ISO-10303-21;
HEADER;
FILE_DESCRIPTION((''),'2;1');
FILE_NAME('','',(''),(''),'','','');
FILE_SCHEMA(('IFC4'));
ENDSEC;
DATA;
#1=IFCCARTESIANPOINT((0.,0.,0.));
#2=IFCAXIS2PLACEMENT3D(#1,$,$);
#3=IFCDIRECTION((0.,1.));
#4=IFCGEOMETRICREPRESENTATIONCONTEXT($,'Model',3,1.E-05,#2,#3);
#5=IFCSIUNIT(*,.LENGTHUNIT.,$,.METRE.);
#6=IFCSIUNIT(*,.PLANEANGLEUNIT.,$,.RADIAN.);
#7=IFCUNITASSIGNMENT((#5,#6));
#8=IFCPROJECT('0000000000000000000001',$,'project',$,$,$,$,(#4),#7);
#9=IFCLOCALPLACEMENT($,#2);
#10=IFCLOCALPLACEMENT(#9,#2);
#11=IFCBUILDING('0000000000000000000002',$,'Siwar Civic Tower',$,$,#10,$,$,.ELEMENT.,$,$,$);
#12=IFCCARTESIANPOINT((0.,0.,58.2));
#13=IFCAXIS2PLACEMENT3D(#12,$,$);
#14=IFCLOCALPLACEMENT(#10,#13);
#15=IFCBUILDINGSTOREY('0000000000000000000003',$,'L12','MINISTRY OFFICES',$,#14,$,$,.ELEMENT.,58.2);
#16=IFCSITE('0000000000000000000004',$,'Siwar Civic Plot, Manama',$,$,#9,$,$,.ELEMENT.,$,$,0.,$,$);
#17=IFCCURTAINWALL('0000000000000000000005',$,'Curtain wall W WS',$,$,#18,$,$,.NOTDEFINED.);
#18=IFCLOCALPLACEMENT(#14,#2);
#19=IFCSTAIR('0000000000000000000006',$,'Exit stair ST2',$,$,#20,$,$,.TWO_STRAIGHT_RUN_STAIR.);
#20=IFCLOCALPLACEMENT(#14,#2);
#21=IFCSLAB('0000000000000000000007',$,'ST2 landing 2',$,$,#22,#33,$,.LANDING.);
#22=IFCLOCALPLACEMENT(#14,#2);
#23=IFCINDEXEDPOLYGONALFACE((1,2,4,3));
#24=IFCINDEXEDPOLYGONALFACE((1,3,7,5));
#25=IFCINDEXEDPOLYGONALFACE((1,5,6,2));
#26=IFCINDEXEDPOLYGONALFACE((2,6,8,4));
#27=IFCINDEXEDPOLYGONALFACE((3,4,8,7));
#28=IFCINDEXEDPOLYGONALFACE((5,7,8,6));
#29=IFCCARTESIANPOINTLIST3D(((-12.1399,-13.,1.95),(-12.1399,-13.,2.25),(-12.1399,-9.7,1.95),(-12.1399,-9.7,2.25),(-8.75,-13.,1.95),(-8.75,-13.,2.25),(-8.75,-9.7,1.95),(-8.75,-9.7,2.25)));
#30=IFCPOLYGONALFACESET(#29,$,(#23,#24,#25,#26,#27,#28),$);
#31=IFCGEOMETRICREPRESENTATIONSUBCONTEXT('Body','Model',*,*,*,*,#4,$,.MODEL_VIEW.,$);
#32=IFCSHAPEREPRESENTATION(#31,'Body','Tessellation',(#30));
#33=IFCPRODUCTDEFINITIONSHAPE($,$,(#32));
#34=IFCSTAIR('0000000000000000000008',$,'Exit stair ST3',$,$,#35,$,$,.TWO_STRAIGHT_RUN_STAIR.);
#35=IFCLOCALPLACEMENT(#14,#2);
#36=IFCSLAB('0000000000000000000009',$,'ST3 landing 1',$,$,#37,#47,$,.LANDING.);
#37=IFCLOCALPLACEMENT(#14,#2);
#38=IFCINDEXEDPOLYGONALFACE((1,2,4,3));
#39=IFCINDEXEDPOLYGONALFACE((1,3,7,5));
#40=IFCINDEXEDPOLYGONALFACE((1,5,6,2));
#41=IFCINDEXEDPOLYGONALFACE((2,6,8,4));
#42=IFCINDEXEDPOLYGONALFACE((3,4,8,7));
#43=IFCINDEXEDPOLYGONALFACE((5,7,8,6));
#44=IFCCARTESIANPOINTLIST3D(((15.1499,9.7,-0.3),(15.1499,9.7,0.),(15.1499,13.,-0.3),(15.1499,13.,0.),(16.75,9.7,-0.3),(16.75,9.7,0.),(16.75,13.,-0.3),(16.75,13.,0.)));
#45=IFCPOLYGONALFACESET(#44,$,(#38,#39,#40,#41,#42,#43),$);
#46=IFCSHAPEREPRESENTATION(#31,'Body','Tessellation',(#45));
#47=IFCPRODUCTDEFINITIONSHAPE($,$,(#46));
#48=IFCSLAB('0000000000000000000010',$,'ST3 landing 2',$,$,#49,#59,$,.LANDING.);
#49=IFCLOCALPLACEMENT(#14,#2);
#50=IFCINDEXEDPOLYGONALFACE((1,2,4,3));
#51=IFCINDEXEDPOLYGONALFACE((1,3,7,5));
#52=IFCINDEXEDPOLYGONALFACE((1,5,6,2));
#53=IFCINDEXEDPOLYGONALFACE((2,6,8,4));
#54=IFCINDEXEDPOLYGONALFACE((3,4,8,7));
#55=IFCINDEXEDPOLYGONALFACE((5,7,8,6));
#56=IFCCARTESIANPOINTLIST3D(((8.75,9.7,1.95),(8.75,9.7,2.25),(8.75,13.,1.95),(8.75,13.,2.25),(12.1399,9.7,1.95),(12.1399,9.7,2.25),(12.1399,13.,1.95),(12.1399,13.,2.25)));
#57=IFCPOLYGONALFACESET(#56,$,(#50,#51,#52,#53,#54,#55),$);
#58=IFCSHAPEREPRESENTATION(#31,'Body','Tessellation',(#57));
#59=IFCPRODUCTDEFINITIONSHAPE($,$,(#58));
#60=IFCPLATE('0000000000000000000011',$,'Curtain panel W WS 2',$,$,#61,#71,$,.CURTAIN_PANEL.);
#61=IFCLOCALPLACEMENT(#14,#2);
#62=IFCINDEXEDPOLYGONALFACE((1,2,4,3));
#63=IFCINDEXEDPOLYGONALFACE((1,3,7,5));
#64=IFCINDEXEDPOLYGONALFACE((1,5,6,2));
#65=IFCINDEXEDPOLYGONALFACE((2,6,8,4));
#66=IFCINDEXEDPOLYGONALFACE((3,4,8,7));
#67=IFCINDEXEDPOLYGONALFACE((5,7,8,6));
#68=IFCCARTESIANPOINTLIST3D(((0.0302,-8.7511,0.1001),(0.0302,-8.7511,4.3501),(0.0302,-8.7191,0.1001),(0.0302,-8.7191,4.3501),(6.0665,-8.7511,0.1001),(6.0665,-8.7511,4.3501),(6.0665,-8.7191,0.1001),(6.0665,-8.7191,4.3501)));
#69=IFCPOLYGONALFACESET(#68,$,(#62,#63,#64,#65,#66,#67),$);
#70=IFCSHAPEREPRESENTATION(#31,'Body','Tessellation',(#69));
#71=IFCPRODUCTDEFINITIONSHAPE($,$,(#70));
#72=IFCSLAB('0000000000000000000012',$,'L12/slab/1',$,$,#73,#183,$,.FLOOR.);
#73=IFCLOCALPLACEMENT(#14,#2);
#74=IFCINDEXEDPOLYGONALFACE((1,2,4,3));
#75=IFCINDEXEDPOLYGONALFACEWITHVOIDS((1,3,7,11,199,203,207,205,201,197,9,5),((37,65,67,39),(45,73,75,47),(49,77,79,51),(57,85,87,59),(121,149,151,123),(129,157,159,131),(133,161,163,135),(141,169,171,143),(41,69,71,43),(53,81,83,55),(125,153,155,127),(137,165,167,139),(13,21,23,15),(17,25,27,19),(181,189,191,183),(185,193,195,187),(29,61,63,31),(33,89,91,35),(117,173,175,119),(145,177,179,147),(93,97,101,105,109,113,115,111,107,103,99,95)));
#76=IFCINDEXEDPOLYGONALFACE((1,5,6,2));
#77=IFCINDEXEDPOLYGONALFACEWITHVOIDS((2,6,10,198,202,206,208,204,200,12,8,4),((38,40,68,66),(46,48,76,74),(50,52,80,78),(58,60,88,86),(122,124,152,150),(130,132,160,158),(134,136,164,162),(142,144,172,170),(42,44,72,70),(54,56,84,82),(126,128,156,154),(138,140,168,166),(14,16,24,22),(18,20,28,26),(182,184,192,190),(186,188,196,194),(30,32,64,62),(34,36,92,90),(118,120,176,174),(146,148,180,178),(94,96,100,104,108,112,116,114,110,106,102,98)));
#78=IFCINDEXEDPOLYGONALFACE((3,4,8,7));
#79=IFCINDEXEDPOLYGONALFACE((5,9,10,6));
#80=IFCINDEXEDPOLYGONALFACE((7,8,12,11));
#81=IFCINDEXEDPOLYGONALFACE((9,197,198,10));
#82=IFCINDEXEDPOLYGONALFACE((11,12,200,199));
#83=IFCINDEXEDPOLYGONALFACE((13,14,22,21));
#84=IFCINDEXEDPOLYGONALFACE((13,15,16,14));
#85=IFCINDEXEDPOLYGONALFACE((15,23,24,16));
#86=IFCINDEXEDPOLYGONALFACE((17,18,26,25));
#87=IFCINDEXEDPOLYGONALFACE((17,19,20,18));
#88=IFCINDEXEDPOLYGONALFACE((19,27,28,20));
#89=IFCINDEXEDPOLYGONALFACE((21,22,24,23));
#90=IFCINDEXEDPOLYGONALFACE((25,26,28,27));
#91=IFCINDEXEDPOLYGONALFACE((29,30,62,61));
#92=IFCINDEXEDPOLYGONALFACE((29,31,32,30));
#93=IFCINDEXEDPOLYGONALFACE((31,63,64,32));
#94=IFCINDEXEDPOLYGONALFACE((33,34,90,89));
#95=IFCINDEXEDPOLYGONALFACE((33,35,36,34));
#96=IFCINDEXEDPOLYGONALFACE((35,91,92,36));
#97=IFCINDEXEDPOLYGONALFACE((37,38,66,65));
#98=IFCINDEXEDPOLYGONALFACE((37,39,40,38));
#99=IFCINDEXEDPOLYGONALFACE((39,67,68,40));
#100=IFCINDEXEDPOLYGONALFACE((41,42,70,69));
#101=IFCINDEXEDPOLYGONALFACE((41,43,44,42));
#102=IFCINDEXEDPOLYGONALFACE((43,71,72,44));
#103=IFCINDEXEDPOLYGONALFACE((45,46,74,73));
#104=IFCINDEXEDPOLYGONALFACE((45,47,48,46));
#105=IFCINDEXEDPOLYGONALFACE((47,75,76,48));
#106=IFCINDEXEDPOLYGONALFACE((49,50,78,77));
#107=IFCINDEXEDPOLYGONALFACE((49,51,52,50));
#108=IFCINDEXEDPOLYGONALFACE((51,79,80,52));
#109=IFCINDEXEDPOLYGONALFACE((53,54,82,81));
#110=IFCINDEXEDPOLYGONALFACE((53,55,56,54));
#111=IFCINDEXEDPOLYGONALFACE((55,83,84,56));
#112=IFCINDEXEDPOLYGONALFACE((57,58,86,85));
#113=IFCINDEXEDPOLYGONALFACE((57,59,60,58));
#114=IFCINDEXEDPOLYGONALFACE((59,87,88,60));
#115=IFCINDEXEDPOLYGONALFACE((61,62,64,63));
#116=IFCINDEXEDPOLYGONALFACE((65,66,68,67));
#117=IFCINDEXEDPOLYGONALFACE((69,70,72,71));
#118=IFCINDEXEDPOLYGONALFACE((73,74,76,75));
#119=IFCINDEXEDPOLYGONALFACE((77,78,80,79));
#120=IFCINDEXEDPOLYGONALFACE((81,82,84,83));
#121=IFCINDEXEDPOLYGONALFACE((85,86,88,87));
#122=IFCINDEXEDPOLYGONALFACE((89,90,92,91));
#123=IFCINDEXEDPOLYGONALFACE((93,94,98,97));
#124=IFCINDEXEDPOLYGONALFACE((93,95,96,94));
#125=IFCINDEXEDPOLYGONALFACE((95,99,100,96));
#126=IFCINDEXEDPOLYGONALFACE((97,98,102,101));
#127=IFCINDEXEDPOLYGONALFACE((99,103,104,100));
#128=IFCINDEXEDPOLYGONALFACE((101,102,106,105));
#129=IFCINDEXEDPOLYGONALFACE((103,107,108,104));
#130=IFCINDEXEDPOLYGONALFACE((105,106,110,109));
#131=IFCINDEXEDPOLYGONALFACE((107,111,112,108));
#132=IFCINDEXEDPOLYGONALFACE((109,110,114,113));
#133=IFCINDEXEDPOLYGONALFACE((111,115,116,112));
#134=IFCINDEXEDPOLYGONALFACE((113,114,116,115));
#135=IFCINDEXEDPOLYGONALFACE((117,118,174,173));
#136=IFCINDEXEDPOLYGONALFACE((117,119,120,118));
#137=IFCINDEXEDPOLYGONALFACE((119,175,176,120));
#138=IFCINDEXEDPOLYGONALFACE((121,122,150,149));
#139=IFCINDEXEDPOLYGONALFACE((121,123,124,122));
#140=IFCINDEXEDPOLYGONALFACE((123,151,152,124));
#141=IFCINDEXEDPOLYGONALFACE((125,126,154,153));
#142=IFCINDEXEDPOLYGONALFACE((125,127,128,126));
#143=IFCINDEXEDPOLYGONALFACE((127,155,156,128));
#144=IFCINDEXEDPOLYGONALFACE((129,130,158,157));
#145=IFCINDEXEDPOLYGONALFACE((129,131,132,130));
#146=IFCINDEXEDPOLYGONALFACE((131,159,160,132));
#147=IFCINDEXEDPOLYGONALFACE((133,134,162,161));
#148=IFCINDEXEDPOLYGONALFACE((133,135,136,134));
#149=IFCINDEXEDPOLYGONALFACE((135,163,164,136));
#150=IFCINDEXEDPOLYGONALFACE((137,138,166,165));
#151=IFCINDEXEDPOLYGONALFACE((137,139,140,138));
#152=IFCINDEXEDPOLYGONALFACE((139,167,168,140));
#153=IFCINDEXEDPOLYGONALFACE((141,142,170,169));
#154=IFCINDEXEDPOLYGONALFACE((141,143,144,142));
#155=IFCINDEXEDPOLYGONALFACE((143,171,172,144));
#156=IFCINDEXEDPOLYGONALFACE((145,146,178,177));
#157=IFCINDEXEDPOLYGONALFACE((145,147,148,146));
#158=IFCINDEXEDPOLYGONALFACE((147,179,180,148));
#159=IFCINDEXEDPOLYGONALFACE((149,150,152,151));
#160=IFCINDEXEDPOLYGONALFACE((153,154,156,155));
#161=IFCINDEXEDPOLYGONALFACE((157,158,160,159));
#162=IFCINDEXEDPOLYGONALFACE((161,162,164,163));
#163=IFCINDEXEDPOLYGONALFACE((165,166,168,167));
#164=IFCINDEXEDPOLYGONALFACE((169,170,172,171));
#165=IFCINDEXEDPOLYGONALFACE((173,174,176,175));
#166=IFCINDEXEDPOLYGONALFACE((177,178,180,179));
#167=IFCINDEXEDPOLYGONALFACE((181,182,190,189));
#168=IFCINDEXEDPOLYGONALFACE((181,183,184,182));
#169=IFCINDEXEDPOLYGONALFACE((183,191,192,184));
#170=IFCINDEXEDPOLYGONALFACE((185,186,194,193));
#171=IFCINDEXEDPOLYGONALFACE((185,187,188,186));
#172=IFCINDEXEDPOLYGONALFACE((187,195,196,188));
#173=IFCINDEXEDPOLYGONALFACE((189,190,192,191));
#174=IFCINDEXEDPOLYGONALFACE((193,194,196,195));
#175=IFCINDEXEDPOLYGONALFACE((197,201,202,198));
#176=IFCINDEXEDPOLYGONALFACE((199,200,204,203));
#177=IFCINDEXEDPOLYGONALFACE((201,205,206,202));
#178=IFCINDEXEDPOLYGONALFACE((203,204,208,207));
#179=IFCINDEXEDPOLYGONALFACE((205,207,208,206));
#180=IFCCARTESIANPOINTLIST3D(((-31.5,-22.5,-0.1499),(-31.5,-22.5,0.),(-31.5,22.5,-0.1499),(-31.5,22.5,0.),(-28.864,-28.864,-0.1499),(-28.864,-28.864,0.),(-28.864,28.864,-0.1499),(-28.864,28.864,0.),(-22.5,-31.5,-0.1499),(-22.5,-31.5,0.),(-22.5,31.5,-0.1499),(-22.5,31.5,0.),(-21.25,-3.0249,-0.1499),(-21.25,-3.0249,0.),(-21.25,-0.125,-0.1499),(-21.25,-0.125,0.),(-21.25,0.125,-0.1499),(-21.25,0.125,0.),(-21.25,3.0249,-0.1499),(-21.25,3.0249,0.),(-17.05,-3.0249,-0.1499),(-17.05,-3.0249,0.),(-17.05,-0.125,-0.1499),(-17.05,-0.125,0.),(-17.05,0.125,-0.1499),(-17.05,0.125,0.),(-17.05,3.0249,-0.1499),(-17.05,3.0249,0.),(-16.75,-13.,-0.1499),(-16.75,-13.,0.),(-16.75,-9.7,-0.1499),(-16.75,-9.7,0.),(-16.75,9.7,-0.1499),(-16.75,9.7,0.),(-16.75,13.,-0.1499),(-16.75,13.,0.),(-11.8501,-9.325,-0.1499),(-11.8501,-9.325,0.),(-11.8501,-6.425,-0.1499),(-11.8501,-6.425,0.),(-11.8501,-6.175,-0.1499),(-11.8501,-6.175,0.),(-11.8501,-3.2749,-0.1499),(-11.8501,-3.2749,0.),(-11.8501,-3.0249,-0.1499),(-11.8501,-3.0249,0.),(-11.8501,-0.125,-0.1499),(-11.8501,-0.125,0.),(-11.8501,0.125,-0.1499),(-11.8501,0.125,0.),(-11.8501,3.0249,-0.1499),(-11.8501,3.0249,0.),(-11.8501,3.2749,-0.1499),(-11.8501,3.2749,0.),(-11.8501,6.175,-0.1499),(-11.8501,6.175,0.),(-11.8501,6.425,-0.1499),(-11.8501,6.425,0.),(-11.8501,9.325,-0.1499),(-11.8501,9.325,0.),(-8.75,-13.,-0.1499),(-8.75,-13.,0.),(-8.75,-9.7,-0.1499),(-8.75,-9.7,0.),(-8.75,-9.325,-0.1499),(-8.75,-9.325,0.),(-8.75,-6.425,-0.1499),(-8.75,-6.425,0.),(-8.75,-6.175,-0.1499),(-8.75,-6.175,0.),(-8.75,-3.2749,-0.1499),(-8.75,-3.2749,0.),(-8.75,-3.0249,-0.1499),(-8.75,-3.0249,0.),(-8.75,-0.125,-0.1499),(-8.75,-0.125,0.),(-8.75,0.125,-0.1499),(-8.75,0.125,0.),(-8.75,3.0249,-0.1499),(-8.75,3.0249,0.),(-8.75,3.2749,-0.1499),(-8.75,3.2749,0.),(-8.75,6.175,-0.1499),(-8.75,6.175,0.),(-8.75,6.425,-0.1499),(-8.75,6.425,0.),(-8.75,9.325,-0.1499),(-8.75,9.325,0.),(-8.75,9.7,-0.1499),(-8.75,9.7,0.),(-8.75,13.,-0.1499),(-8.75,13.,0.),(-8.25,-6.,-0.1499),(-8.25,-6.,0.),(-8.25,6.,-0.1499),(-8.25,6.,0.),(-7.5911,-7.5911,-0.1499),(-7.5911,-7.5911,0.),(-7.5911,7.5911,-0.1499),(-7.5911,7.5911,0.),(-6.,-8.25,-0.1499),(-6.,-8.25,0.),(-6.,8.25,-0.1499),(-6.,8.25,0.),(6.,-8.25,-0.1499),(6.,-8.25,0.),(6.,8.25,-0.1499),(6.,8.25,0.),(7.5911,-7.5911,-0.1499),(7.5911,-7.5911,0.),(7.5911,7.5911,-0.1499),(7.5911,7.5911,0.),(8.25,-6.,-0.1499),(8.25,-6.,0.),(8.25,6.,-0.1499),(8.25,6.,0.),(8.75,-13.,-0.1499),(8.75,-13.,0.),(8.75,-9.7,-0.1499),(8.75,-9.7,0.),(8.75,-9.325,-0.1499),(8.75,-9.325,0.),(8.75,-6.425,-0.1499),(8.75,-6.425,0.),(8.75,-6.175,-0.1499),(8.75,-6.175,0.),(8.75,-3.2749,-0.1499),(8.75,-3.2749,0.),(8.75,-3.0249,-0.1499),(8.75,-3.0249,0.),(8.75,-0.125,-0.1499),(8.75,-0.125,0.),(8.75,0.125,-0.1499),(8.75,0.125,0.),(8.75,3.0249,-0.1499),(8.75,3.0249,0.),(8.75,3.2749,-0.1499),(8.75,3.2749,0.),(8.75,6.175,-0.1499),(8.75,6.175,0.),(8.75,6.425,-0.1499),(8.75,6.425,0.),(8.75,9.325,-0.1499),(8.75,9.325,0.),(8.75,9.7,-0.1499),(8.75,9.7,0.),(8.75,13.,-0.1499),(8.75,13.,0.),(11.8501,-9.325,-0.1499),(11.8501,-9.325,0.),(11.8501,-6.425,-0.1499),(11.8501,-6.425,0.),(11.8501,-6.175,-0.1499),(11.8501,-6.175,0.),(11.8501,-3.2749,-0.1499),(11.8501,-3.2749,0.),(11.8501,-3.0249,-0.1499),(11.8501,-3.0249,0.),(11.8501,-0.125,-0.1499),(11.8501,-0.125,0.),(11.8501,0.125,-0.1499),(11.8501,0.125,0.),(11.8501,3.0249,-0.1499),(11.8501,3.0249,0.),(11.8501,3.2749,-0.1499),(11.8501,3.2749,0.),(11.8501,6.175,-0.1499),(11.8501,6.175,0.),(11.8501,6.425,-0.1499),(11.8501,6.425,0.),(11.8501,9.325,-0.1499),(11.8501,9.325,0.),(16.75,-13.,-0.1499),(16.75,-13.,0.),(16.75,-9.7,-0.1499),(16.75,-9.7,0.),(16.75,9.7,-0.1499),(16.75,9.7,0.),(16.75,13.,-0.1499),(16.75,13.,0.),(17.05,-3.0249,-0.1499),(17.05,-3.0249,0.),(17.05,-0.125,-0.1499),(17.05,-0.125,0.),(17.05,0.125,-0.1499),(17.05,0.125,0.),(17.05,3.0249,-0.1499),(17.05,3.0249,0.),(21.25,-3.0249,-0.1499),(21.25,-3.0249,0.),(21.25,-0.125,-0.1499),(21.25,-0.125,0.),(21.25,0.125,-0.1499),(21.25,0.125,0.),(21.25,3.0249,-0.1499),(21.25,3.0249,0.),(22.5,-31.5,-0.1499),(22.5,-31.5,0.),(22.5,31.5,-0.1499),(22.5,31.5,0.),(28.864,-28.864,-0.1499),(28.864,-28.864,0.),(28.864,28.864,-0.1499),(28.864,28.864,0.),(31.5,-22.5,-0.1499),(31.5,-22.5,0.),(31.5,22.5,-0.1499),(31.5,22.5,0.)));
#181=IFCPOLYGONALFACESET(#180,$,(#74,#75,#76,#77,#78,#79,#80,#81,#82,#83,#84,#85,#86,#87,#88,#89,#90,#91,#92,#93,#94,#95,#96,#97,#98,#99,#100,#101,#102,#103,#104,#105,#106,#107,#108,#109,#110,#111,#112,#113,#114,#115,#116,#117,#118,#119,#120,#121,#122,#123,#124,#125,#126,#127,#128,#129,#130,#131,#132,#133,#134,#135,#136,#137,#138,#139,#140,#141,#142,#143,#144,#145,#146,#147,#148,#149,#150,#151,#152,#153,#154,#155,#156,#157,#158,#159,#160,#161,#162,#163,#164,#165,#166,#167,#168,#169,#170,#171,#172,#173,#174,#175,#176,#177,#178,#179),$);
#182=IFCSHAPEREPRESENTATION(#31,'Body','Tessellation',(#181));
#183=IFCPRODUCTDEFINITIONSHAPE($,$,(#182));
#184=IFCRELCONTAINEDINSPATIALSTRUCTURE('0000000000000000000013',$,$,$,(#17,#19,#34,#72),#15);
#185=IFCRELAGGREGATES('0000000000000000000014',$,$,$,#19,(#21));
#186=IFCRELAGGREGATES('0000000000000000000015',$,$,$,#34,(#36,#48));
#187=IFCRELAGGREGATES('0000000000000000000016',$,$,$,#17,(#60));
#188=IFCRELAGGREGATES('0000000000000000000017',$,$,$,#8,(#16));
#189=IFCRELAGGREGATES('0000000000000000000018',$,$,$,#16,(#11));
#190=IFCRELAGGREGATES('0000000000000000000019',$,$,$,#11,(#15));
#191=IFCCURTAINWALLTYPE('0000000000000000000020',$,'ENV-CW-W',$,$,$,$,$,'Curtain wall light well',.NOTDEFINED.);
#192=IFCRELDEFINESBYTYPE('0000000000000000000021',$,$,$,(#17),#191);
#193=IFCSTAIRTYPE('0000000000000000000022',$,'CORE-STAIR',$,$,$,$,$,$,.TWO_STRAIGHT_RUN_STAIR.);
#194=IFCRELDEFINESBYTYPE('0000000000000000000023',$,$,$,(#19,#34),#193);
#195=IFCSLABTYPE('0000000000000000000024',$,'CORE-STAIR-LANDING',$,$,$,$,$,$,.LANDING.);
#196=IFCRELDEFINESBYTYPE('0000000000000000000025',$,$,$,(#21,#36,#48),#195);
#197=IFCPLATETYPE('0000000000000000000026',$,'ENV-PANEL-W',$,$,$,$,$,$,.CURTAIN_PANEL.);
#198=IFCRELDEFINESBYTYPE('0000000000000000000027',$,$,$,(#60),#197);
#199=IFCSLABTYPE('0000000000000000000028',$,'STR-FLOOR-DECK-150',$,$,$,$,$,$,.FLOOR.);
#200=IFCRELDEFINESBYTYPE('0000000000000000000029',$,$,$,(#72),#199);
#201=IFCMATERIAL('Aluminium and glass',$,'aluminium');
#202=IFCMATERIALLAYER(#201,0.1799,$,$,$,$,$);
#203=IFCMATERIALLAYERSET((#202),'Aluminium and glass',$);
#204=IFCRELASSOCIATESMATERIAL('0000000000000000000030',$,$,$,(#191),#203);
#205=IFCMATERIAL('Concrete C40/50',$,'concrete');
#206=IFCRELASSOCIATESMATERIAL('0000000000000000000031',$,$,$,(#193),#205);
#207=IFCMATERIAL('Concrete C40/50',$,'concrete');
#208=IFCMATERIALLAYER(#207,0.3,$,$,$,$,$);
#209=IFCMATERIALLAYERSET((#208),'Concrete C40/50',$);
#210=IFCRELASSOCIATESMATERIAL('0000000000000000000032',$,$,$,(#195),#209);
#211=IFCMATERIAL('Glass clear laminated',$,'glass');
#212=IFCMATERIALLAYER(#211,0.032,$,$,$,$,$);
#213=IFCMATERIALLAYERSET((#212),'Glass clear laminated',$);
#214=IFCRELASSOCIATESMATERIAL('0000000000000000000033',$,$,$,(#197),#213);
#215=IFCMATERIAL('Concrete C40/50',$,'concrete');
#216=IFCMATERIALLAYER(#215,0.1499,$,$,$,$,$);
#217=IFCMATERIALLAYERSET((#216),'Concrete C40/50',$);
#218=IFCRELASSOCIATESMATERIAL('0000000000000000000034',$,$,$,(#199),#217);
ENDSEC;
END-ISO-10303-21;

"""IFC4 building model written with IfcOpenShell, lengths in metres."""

from ifc_helpers import new_model, si_unit, direction, frame, origin, origin_2d, place, context, subcontext, project, spatial, polyline, rectangle, outline, extrude, material, layer, layer_set, type_object, element, aggregate, save


model = new_model("IFC4")

# Units and contexts
model_context = context("Model", 3, precision=1e-05, world=origin(), true_north=direction((0.0, 1.0)))
body_context = subcontext(model_context, "Body", "Model", "MODEL_VIEW")
ifc_project = project(units=[si_unit("LENGTHUNIT", "METRE"), si_unit("PLANEANGLEUNIT", "RADIAN")], contexts=[model_context])

# Site, building, storey
site_placement = place(None, origin())
site = spatial("IfcSite", under=ifc_project, at=site_placement, Name="Siwar Civic Plot, Manama", CompositionType="ELEMENT", RefElevation=0.0)
building_placement = place(site_placement, origin())
building = spatial("IfcBuilding", under=site, at=building_placement, Name="Siwar Civic Tower", CompositionType="ELEMENT")
storey_placement = place(building_placement, frame((0.0, 0.0, 58.2)))
storey = spatial("IfcBuildingStorey", under=building, at=storey_placement, Name="L12", Description="MINISTRY OFFICES", CompositionType="ELEMENT", Elevation=58.2)

# Curtain wall
ifc_material_1 = material(Name="Aluminium and glass", Category="aluminium")
ifc_layer_1 = layer(ifc_material_1, 0.1799)
ifc_layer_set_1 = layer_set([ifc_layer_1], Name="Aluminium and glass")
curtain_wall_type = type_object("IfcCurtainWallType", Name="ENV-CW-W", ElementType="Curtain wall light well", PredefinedType="NOTDEFINED", material=ifc_layer_set_1)
curtain_wall_placement = place(storey_placement, origin())
curtain_wall = element("IfcCurtainWall", 1, at=curtain_wall_placement, inside=storey, type_object=curtain_wall_type, Name="Curtain wall W WS", PredefinedType="NOTDEFINED")

# Stairs, slabs
ifc_material_2 = material(Name="Concrete C40/50", Category="concrete")
stair_type = type_object("IfcStairType", Name="CORE-STAIR", PredefinedType="TWO_STRAIGHT_RUN_STAIR", material=ifc_material_2)
ifc_material_3 = material(Name="Concrete C40/50", Category="concrete")
ifc_layer_2 = layer(ifc_material_3, 0.3)
ifc_layer_set_2 = layer_set([ifc_layer_2], Name="Concrete C40/50")
slab_type_1 = type_object("IfcSlabType", Name="CORE-STAIR-LANDING", PredefinedType="LANDING", material=ifc_layer_set_2)
stair_1_placement = place(storey_placement, origin())
stair_1 = element("IfcStair", 2, at=stair_1_placement, inside=storey, type_object=stair_type, Name="Exit stair ST2", PredefinedType="TWO_STRAIGHT_RUN_STAIR")
slab_1_placement = place(storey_placement, frame((0.0, 0.0, 1.95)))
slab_1 = element("IfcSlab", 3, at=slab_1_placement, type_object=slab_type_1, Name="ST2 landing 2", PredefinedType="LANDING", context=body_context, shape_type="SweptSolid", body=[
    extrude(outline(polyline([(-8.75, -9.7), (-12.1399, -9.7), (-12.1399, -13.0), (-8.75, -13.0), (-8.75, -9.7)])), origin(), (0.0, 0.0, 1.0), 0.3),
])
aggregate(stair_1, [slab_1])
stair_2_placement = place(storey_placement, origin())
stair_2 = element("IfcStair", 4, at=stair_2_placement, inside=storey, type_object=stair_type, Name="Exit stair ST3", PredefinedType="TWO_STRAIGHT_RUN_STAIR")
slab_2_placement = place(storey_placement, frame((0.0, 0.0, -0.3)))
slab_2 = element("IfcSlab", 5, at=slab_2_placement, type_object=slab_type_1, Name="ST3 landing 1", PredefinedType="LANDING", context=body_context, shape_type="SweptSolid", body=[
    extrude(outline(polyline([(15.1499, 9.7), (16.75, 9.7), (16.75, 13.0), (15.1499, 13.0), (15.1499, 9.7)])), origin(), (0.0, 0.0, 1.0), 0.3),
])
slab_3_placement = place(storey_placement, frame((0.0, 0.0, 1.95)))
slab_3 = element("IfcSlab", 6, at=slab_3_placement, type_object=slab_type_1, Name="ST3 landing 2", PredefinedType="LANDING", context=body_context, shape_type="SweptSolid", body=[
    extrude(outline(polyline([(8.75, 9.7), (12.1399, 9.7), (12.1399, 13.0), (8.75, 13.0), (8.75, 9.7)])), origin(), (0.0, 0.0, 1.0), 0.3),
])
aggregate(stair_2, [slab_2, slab_3])

# Plate
ifc_material_4 = material(Name="Glass clear laminated", Category="glass")
ifc_layer_3 = layer(ifc_material_4, 0.032)
ifc_layer_set_3 = layer_set([ifc_layer_3], Name="Glass clear laminated")
plate_type = type_object("IfcPlateType", Name="ENV-PANEL-W", PredefinedType="CURTAIN_PANEL", material=ifc_layer_set_3)
plate_placement = place(storey_placement, frame((3.0483, -8.7351, 0.1001), z_axis=(0.0, 0.0, 1.0), x_axis=(1.0, 0.0, 0.0)))
plate = element("IfcPlate", 7, at=plate_placement, type_object=plate_type, Name="Curtain panel W WS 2", PredefinedType="CURTAIN_PANEL", context=body_context, shape_type="SweptSolid", body=[
    extrude(rectangle(XDim=6.0364, YDim=0.032, at=origin_2d()), origin(), (0.0, 0.0, 1.0), 4.25),
])
aggregate(curtain_wall, [plate])

# Slab
ifc_material_5 = material(Name="Concrete C40/50", Category="concrete")
ifc_layer_4 = layer(ifc_material_5, 0.1499)
ifc_layer_set_4 = layer_set([ifc_layer_4], Name="Concrete C40/50")
slab_type_2 = type_object("IfcSlabType", Name="STR-FLOOR-DECK-150", PredefinedType="FLOOR", material=ifc_layer_set_4)
slab_4_placement = place(storey_placement, frame((0.0, 0.0, -0.1499)))
element("IfcSlab", 8, at=slab_4_placement, inside=storey, type_object=slab_type_2, Name="L12/slab/1", PredefinedType="FLOOR", context=body_context, shape_type="SweptSolid", body=[
    extrude(outline(polyline([(-22.5, -31.5), (22.5, -31.5), (28.864, -28.864), (31.5, -22.5), (31.5, 22.5), (28.864, 28.864), (22.5, 31.5), (-22.5, 31.5), (-28.864, 28.864), (-31.5, 22.5), (-31.5, -22.5), (-28.864, -28.864), (-22.5, -31.5)]), holes=[polyline([(21.25, 3.0249), (21.25, 0.125), (17.05, 0.125), (17.05, 3.0249), (21.25, 3.0249)]), polyline([(17.05, -0.125), (21.25, -0.125), (21.25, -3.0249), (17.05, -3.0249), (17.05, -0.125)]), polyline([(16.75, 13.0), (16.75, 9.7), (8.75, 9.7), (8.75, 13.0), (16.75, 13.0)]), polyline([(8.75, -9.7), (16.75, -9.7), (16.75, -13.0), (8.75, -13.0), (8.75, -9.7)]), polyline([(11.8501, 9.325), (11.8501, 6.425), (8.75, 6.425), (8.75, 9.325), (11.8501, 9.325)]), polyline([(11.8501, 3.0249), (11.8501, 0.125), (8.75, 0.125), (8.75, 3.0249), (11.8501, 3.0249)]), polyline([(11.8501, -0.125), (11.8501, -3.0249), (8.75, -3.0249), (8.75, -0.125), (11.8501, -0.125)]), polyline([(11.8501, -3.2749), (11.8501, -6.175), (8.75, -6.175), (8.75, -3.2749), (11.8501, -3.2749)]), polyline([(8.75, 6.175), (11.8501, 6.175), (11.8501, 3.2749), (8.75, 3.2749), (8.75, 6.175)]), polyline([(8.75, -6.425), (11.8501, -6.425), (11.8501, -9.325), (8.75, -9.325), (8.75, -6.425)]), polyline([(-6.0, 8.25), (6.0, 8.25), (7.5911, 7.5911), (8.25, 6.0), (8.25, -6.0), (7.5911, -7.5911), (6.0, -8.25), (-6.0, -8.25), (-7.5911, -7.5911), (-8.25, -6.0), (-8.25, 6.0), (-7.5911, 7.5911), (-6.0, 8.25)]), polyline([(-8.75, 9.7), (-16.75, 9.7), (-16.75, 13.0), (-8.75, 13.0), (-8.75, 9.7)]), polyline([(-8.75, 0.125), (-11.8501, 0.125), (-11.8501, 3.0249), (-8.75, 3.0249), (-8.75, 0.125)]), polyline([(-8.75, -6.175), (-11.8501, -6.175), (-11.8501, -3.2749), (-8.75, -3.2749), (-8.75, -6.175)]), polyline([(-8.75, -9.325), (-11.8501, -9.325), (-11.8501, -6.425), (-8.75, -6.425), (-8.75, -9.325)]), polyline([(-8.75, -13.0), (-16.75, -13.0), (-16.75, -9.7), (-8.75, -9.7), (-8.75, -13.0)]), polyline([(-11.8501, 6.425), (-11.8501, 9.325), (-8.75, 9.325), (-8.75, 6.425), (-11.8501, 6.425)]), polyline([(-11.8501, 3.2749), (-11.8501, 6.175), (-8.75, 6.175), (-8.75, 3.2749), (-11.8501, 3.2749)]), polyline([(-11.8501, -3.0249), (-11.8501, -0.125), (-8.75, -0.125), (-8.75, -3.0249), (-11.8501, -3.0249)]), polyline([(-21.25, -3.0249), (-21.25, -0.125), (-17.05, -0.125), (-17.05, -3.0249), (-21.25, -3.0249)]), polyline([(-17.05, 0.125), (-21.25, 0.125), (-21.25, 3.0249), (-17.05, 3.0249), (-17.05, 0.125)])]), origin(), (0.0, 0.0, 1.0), 0.1499),
])

save(model, "model.ifc")
